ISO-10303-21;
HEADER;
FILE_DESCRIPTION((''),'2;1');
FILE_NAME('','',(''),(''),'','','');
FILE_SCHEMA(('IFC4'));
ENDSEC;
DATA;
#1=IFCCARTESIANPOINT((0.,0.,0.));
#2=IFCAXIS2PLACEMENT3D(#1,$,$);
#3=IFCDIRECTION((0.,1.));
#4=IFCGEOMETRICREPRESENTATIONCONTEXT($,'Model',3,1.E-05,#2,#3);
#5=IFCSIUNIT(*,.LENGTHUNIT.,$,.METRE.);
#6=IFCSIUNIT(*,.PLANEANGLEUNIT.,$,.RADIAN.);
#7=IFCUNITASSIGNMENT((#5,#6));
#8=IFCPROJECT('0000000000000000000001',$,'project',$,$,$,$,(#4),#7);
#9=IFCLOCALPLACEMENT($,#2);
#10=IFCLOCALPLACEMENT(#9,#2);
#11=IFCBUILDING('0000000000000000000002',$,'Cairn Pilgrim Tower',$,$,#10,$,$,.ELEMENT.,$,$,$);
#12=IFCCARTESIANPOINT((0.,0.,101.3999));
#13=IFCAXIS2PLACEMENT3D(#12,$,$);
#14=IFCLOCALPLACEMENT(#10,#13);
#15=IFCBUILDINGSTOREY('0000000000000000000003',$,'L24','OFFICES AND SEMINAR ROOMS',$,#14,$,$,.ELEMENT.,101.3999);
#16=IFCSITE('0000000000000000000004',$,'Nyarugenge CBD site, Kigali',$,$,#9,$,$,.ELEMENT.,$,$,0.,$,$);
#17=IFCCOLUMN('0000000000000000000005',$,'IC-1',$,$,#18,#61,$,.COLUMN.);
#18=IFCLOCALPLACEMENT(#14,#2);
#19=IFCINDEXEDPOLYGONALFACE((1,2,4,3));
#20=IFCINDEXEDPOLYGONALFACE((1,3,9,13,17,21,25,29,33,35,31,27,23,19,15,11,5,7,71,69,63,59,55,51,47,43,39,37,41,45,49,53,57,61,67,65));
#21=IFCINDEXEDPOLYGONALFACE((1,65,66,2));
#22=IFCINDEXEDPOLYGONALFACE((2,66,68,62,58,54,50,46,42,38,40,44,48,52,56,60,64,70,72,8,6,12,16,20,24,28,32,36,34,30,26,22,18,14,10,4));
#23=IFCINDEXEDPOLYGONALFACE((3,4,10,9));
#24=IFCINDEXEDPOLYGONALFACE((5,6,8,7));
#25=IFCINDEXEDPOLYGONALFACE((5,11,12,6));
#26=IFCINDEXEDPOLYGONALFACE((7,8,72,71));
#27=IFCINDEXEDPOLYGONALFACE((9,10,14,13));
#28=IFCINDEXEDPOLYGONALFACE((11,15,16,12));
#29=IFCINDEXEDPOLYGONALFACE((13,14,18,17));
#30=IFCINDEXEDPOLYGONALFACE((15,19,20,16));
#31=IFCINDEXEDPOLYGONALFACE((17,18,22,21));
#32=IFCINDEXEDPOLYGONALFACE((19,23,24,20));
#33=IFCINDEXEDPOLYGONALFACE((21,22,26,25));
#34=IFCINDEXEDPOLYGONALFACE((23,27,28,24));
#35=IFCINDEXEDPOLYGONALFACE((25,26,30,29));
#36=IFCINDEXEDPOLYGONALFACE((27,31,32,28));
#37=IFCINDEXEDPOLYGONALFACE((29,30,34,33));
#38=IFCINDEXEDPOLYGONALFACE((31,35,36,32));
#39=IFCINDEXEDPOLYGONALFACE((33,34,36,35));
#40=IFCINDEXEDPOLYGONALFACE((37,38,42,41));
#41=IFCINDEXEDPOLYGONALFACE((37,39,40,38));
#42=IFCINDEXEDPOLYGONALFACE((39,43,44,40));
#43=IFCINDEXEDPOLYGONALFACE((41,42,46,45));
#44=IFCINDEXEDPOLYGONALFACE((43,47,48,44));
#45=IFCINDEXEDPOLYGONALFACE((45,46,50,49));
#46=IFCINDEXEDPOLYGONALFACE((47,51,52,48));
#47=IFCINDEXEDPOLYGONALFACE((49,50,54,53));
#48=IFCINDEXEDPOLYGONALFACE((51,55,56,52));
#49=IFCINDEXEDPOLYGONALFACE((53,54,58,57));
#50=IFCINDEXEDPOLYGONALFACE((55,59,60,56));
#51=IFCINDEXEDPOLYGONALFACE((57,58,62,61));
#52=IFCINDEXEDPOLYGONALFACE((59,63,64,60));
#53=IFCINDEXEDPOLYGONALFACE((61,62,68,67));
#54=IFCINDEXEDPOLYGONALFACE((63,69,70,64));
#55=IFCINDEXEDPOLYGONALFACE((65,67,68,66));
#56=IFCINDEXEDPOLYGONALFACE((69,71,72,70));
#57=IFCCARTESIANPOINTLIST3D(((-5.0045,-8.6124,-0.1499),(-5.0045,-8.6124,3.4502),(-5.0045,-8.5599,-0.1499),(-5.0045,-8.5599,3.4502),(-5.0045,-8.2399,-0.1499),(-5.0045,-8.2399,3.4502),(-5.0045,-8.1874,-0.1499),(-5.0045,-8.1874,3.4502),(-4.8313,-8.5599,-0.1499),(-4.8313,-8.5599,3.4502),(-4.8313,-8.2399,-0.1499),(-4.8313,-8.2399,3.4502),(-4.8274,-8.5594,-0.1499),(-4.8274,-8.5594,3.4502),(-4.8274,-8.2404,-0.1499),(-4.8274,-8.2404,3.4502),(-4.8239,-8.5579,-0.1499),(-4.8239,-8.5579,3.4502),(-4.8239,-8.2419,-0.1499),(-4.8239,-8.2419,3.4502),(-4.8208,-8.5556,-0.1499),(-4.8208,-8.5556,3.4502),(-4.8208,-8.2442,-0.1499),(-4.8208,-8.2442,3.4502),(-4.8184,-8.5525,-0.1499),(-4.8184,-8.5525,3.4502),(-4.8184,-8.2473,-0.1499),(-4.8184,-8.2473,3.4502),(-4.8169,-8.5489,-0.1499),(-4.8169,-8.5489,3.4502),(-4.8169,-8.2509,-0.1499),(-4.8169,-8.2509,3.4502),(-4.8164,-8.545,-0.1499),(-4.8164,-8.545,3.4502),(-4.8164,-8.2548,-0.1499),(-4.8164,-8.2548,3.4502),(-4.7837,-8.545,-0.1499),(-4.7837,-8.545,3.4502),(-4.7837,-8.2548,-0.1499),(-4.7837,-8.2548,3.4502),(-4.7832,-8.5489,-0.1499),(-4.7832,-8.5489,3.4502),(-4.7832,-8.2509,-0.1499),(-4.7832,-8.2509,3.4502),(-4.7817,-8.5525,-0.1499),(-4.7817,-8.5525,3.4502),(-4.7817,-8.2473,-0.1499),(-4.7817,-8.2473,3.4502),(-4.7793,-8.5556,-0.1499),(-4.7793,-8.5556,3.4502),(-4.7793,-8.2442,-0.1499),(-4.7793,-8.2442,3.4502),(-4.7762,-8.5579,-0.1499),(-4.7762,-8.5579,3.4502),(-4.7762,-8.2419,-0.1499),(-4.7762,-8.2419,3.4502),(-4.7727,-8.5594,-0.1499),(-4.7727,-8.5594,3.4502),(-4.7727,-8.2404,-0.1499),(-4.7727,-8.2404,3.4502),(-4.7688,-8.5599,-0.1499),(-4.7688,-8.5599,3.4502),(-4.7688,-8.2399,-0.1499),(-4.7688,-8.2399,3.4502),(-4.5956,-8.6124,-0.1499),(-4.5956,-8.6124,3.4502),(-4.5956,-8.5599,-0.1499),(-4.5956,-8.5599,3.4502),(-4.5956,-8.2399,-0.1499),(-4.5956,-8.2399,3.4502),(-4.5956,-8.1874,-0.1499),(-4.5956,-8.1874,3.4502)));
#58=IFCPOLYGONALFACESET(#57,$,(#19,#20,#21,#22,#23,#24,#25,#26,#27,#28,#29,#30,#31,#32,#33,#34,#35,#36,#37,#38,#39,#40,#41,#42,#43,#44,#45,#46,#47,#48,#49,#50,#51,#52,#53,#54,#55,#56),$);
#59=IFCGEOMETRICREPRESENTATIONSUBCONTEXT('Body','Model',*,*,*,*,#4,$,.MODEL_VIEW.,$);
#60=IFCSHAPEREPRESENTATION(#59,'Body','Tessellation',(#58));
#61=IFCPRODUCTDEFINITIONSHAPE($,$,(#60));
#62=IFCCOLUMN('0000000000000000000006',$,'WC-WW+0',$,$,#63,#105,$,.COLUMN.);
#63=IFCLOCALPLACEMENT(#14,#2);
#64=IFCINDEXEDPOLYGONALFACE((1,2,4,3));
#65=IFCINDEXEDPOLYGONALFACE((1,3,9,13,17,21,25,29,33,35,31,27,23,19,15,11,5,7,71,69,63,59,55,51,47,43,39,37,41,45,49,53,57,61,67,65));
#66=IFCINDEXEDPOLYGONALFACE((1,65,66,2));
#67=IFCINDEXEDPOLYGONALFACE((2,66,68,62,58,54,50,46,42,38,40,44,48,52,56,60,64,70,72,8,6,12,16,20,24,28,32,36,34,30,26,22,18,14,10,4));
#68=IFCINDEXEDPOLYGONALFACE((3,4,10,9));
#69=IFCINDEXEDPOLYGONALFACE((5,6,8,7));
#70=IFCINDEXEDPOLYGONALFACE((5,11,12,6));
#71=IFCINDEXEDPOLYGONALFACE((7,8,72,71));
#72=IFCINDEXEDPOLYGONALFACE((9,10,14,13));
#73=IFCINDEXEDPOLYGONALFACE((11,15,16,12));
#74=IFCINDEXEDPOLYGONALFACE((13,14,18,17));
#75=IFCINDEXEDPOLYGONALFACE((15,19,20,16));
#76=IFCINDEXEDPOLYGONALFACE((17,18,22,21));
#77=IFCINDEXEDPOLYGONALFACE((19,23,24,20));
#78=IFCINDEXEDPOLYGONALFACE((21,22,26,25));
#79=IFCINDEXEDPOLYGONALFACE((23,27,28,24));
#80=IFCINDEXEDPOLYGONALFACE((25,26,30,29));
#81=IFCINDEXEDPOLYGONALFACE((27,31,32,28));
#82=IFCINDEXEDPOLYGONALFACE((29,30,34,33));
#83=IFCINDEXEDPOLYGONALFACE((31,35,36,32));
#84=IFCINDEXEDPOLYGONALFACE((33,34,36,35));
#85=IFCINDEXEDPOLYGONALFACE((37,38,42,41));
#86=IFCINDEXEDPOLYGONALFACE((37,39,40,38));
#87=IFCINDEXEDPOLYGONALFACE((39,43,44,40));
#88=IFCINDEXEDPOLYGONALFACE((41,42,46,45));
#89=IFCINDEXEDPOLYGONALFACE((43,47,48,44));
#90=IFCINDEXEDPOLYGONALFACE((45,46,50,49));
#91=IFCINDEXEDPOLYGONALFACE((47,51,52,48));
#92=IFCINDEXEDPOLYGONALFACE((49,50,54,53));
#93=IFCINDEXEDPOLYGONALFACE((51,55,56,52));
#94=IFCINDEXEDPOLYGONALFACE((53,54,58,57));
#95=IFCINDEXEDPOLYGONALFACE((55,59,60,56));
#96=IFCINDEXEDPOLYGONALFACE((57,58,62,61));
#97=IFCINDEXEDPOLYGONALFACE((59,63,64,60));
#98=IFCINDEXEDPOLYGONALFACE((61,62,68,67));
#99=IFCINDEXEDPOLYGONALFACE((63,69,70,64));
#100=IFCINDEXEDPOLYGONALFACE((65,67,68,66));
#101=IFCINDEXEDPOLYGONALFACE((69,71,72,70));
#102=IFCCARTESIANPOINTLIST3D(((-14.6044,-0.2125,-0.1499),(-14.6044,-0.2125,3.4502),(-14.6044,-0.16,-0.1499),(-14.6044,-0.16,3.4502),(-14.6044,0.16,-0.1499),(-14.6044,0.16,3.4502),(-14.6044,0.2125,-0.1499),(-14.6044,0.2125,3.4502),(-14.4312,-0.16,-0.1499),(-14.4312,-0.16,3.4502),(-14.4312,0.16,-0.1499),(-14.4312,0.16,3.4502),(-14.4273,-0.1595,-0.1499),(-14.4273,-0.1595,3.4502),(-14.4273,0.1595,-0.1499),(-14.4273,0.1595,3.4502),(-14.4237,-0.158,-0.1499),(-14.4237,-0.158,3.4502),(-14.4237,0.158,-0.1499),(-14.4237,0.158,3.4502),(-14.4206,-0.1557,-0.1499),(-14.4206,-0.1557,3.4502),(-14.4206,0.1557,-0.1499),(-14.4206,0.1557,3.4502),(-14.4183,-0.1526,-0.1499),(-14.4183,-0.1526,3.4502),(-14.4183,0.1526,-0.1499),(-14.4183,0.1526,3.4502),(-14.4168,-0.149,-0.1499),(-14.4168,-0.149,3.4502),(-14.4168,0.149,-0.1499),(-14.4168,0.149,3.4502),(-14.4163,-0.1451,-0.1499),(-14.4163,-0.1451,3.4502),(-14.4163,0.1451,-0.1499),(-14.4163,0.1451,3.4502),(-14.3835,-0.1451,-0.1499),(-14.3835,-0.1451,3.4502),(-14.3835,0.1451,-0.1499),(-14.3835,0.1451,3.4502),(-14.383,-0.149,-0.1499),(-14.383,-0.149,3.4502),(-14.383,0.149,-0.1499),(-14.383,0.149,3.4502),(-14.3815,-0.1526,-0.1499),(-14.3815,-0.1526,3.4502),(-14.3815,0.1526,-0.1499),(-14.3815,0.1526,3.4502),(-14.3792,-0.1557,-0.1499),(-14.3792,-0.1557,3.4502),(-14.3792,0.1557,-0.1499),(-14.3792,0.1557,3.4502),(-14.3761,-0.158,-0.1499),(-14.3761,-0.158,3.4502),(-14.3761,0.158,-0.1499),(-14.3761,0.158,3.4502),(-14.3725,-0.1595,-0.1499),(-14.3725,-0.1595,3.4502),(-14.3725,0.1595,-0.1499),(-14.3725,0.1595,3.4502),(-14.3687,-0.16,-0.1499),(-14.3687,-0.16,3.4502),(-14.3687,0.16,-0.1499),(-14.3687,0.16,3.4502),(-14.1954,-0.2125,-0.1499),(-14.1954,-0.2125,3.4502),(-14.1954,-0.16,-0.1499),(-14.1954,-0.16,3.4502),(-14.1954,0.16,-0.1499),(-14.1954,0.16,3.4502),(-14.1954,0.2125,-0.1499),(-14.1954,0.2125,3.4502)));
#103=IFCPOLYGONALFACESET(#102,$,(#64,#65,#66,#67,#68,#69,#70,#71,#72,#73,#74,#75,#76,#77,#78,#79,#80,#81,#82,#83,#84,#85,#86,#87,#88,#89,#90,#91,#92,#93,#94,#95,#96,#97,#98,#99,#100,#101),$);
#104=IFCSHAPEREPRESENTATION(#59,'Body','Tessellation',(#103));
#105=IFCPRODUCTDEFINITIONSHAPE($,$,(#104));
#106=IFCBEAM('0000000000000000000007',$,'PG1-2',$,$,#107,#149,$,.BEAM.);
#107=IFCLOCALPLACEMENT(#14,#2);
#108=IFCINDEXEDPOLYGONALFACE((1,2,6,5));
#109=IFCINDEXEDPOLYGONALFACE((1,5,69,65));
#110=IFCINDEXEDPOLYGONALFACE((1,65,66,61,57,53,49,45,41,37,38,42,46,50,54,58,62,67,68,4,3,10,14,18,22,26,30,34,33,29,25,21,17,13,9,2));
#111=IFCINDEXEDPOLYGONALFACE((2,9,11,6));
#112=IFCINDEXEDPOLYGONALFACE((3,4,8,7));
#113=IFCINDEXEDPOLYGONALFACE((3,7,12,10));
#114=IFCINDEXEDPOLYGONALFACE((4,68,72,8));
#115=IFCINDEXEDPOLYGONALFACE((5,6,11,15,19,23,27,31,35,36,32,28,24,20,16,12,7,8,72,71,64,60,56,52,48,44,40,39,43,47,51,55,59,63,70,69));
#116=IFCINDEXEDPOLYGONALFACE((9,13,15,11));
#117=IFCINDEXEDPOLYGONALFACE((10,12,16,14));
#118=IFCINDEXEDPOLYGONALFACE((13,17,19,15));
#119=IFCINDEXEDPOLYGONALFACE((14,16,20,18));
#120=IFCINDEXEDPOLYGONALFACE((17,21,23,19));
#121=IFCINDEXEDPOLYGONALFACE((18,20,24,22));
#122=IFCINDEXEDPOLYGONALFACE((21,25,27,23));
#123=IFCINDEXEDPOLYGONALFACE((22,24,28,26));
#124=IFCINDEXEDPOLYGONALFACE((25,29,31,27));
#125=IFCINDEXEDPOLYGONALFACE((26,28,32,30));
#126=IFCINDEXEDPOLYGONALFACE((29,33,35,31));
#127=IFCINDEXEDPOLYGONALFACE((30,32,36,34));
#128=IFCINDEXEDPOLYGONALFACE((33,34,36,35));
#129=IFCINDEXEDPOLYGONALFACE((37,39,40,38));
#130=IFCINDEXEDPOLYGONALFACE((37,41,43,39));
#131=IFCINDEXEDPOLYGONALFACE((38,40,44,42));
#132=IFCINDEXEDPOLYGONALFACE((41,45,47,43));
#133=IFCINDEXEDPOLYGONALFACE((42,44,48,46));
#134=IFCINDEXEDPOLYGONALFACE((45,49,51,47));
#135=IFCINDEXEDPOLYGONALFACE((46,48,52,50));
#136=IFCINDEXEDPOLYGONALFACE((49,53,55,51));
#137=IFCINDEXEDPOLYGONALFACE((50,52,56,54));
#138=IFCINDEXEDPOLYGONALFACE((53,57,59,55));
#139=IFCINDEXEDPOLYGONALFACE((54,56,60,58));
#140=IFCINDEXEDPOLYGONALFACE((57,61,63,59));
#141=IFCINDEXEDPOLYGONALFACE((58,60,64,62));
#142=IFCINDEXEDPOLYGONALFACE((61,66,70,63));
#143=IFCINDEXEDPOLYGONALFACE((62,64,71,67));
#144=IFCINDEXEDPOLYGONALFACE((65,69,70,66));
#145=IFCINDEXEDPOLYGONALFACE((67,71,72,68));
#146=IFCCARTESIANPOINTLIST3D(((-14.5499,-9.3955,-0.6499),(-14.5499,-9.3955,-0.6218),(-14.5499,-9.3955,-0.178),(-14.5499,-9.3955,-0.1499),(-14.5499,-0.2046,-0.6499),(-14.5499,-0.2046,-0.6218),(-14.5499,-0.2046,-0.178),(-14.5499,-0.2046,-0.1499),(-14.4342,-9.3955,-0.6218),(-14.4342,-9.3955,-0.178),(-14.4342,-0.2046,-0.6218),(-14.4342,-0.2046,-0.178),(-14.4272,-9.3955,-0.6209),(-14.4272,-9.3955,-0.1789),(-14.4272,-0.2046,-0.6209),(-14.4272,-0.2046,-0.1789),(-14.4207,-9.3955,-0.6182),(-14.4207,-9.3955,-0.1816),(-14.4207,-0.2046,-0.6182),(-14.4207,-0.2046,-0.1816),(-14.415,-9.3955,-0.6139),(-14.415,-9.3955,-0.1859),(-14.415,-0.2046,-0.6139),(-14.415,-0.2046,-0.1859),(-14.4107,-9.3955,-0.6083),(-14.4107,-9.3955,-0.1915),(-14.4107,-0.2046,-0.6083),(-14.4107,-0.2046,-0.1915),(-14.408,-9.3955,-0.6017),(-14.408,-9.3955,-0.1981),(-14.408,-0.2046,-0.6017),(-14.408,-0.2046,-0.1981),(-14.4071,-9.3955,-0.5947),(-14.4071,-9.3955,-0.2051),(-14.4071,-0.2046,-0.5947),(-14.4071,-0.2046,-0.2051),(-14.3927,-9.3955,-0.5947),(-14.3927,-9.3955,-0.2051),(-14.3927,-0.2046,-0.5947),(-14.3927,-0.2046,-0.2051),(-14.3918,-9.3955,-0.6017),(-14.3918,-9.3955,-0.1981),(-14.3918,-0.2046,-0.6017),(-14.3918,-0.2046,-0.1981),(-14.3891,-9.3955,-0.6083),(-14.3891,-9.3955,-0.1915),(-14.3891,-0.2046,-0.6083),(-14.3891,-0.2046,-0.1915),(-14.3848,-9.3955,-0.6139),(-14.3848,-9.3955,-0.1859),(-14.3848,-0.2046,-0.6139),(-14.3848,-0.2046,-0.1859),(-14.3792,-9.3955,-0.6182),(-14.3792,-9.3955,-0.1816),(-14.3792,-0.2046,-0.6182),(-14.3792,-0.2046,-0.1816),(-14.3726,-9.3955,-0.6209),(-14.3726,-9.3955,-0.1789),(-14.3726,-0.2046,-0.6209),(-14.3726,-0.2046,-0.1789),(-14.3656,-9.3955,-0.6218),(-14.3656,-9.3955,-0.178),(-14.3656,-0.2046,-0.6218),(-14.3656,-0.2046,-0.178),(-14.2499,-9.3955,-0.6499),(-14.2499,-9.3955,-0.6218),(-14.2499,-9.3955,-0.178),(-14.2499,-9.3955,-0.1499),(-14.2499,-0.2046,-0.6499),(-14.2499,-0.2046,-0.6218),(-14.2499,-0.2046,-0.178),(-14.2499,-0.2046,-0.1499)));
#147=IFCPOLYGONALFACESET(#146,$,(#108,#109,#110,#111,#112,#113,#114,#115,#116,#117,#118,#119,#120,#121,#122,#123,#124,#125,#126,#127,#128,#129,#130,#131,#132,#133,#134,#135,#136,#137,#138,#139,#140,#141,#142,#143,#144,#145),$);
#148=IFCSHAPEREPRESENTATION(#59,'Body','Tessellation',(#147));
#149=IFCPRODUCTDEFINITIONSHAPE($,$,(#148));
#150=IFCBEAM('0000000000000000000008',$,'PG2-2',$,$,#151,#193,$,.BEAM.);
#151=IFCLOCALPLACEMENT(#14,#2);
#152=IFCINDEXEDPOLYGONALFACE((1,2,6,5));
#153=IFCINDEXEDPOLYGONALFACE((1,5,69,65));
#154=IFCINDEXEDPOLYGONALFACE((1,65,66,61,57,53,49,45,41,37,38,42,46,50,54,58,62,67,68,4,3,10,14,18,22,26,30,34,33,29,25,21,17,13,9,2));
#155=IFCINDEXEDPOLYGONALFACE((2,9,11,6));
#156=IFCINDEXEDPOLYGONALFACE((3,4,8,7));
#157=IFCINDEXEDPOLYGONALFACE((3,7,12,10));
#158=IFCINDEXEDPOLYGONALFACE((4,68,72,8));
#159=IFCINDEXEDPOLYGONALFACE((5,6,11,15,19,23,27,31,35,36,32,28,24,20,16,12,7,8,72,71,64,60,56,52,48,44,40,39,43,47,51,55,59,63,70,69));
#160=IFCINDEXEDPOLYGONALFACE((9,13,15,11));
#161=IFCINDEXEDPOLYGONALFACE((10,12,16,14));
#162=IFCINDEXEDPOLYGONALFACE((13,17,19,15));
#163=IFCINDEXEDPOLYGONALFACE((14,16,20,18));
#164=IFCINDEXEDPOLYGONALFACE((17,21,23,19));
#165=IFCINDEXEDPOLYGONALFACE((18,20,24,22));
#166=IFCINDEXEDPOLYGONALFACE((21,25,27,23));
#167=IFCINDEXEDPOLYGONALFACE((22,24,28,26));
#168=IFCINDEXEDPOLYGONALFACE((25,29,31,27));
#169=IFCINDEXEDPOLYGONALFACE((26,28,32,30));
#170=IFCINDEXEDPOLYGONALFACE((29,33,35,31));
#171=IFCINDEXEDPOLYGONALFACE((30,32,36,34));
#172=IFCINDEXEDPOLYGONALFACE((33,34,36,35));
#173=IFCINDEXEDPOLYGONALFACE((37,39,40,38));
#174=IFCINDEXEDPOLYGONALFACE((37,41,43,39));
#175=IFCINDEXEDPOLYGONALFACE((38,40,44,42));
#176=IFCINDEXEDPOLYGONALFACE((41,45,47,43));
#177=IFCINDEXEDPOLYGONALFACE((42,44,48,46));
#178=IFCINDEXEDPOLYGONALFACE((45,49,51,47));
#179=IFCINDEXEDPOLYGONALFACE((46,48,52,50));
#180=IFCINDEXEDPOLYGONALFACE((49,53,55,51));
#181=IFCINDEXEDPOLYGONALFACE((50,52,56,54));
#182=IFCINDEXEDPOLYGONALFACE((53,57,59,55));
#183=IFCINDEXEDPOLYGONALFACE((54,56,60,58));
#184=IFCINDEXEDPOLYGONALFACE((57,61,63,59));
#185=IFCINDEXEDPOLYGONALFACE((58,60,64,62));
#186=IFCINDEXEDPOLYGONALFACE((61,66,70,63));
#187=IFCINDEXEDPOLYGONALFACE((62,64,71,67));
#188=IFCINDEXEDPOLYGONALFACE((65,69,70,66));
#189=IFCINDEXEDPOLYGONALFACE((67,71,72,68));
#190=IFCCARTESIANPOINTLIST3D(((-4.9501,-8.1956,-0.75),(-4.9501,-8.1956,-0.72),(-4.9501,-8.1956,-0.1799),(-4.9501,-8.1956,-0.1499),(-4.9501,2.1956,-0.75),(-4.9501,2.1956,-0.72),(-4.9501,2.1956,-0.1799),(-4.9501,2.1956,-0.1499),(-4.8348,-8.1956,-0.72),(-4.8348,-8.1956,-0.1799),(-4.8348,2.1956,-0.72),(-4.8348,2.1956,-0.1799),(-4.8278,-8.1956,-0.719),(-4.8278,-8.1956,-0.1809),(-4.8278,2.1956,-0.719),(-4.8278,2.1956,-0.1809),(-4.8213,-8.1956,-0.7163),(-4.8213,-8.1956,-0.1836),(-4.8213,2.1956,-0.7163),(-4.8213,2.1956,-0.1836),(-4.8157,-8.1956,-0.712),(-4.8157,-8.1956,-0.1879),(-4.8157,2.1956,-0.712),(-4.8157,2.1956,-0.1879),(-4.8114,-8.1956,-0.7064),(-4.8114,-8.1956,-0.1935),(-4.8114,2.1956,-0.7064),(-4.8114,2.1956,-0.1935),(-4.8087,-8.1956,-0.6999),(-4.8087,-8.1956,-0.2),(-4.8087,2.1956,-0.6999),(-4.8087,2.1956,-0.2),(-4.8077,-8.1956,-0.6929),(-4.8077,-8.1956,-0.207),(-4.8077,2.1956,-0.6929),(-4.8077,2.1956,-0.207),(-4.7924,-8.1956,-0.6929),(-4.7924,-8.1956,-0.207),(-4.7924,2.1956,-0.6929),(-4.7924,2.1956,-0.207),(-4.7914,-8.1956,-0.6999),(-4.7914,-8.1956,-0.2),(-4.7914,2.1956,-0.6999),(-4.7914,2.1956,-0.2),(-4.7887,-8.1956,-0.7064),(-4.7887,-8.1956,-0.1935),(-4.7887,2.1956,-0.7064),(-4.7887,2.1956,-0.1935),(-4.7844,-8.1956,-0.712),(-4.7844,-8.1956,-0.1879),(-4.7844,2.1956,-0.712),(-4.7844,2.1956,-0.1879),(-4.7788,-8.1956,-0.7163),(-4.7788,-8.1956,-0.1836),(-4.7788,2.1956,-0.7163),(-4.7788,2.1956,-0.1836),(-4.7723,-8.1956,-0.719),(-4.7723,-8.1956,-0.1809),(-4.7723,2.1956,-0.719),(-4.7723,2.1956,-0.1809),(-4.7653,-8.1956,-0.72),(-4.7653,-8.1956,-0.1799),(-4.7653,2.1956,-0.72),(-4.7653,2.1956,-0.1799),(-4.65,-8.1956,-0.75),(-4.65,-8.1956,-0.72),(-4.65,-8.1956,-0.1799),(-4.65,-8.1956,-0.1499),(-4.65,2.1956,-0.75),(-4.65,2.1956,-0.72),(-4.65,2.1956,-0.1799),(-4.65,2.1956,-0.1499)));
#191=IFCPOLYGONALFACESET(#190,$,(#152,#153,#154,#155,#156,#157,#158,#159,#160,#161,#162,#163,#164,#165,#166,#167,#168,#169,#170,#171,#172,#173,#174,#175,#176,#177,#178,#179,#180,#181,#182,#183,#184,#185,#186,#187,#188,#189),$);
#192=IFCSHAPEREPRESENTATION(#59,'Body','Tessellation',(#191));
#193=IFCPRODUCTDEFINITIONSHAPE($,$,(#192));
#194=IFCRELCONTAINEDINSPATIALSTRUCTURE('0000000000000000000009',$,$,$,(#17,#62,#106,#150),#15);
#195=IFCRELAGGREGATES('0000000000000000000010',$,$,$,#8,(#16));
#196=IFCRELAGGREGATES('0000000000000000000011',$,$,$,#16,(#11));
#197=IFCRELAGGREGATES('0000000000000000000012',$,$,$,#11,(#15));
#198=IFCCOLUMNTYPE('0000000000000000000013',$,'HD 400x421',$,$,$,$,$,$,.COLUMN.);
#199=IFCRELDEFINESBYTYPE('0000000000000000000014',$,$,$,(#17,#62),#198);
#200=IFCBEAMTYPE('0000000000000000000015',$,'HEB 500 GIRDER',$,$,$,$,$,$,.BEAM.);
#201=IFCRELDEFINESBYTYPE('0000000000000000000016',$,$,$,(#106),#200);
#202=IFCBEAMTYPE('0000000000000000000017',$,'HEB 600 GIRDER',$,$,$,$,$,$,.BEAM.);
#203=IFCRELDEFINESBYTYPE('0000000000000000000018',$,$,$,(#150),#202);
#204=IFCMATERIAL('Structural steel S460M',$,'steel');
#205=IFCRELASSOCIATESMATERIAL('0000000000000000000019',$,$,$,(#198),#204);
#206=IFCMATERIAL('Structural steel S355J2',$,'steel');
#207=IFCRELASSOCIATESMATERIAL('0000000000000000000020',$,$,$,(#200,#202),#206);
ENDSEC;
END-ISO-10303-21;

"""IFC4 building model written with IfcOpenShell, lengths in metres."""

from ifc_helpers import new_model, si_unit, direction, frame, origin, origin_2d, place, context, subcontext, project, spatial, i_section, extrude, material, material_profile, profile_set, type_object, element, save


model = new_model("IFC4")

# Units and contexts
model_context = context("Model", 3, precision=1e-05, world=origin(), true_north=direction((0.0, 1.0)))
body_context = subcontext(model_context, "Body", "Model", "MODEL_VIEW")
ifc_project = project(units=[si_unit("LENGTHUNIT", "METRE"), si_unit("PLANEANGLEUNIT", "RADIAN")], contexts=[model_context])

# Site, building, storey
site_placement = place(None, origin())
site = spatial("IfcSite", under=ifc_project, at=site_placement, Name="Nyarugenge CBD site, Kigali", CompositionType="ELEMENT", RefElevation=0.0)
building_placement = place(site_placement, origin())
building = spatial("IfcBuilding", under=site, at=building_placement, Name="Cairn Pilgrim Tower", CompositionType="ELEMENT")
storey_placement = place(building_placement, frame((0.0, 0.0, 101.3999)))
storey = spatial("IfcBuildingStorey", under=building, at=storey_placement, Name="L24", Description="OFFICES AND SEMINAR ROOMS", CompositionType="ELEMENT", Elevation=101.3999)

# Columns
ifc_material_1 = material(Name="Structural steel S460M", Category="steel")
ifc_material_profile_1 = material_profile(ifc_material_1, i_section(OverallWidth=0.4089, OverallDepth=0.425, WebThickness=0.0327, FlangeThickness=0.0525, FilletRadius=0.0149, at=origin_2d()), Name="HD 400x421")
ifc_profile_set_1 = profile_set([ifc_material_profile_1], Name="Structural steel S460M")
column_type = type_object("IfcColumnType", Name="HD 400x421", PredefinedType="COLUMN", material=ifc_profile_set_1)
for number, where, z_axis, x_axis, name in (
    (1, (-4.8, -8.3999, -0.1499), (0.0, 0.0, 1.0), (1.0, 0.0, 0.0), "IC-1"),
    (2, (-14.3999, 0.0, -0.1499), (0.0, 0.0, 1.0), (1.0, 0.0, 0.0), "WC-WW+0"),
):
    element("IfcColumn", number, at=place(storey_placement, frame(where, z_axis=z_axis, x_axis=x_axis)), inside=storey, type_object=column_type, Name=name, PredefinedType="COLUMN", context=body_context, shape_type="SweptSolid", body=[
        extrude(i_section(OverallWidth=0.4089, OverallDepth=0.425, WebThickness=0.0327, FlangeThickness=0.0525, FilletRadius=0.0149, at=origin_2d()), origin(), (0.0, 0.0, 1.0), 3.6001),
    ])

# Beams
ifc_material_2 = material(Name="Structural steel S355J2", Category="steel")
ifc_material_profile_2 = material_profile(ifc_material_2, i_section(OverallWidth=0.3, OverallDepth=0.5, WebThickness=0.0144, FlangeThickness=0.0281, FilletRadius=0.0271, at=origin_2d()), Name="HEB 500")
ifc_profile_set_2 = profile_set([ifc_material_profile_2], Name="Structural steel S355J2")
beam_type_1 = type_object("IfcBeamType", Name="HEB 500 GIRDER", PredefinedType="BEAM", material=ifc_profile_set_2)
beam_1_placement = place(storey_placement, frame((-14.3999, -9.3955, -0.3999), z_axis=(0.0, 1.0, 0.0), x_axis=(-1.0, 0.0, 0.0)))
element("IfcBeam", 3, at=beam_1_placement, inside=storey, type_object=beam_type_1, Name="PG1-2", PredefinedType="BEAM", context=body_context, shape_type="SweptSolid", body=[
    extrude(i_section(OverallWidth=0.3, OverallDepth=0.5, WebThickness=0.0144, FlangeThickness=0.0281, FilletRadius=0.0271, at=origin_2d()), origin(), (0.0, 0.0, 1.0), 9.1909),
])
ifc_material_profile_3 = material_profile(ifc_material_2, i_section(OverallWidth=0.3, OverallDepth=0.6001, WebThickness=0.0154, FlangeThickness=0.03, FilletRadius=0.0271, at=origin_2d()), Name="HEB 600")
ifc_profile_set_3 = profile_set([ifc_material_profile_3], Name="Structural steel S355J2")
beam_type_2 = type_object("IfcBeamType", Name="HEB 600 GIRDER", PredefinedType="BEAM", material=ifc_profile_set_3)
beam_2_placement = place(storey_placement, frame((-4.8, -8.1956, -0.45), z_axis=(0.0, 1.0, 0.0), x_axis=(-1.0, 0.0, 0.0)))
element("IfcBeam", 4, at=beam_2_placement, inside=storey, type_object=beam_type_2, Name="PG2-2", PredefinedType="BEAM", context=body_context, shape_type="SweptSolid", body=[
    extrude(i_section(OverallWidth=0.3, OverallDepth=0.6001, WebThickness=0.0154, FlangeThickness=0.03, FilletRadius=0.0271, at=origin_2d()), origin(), (0.0, 0.0, 1.0), 10.3911),
])

save(model, "model.ifc")
